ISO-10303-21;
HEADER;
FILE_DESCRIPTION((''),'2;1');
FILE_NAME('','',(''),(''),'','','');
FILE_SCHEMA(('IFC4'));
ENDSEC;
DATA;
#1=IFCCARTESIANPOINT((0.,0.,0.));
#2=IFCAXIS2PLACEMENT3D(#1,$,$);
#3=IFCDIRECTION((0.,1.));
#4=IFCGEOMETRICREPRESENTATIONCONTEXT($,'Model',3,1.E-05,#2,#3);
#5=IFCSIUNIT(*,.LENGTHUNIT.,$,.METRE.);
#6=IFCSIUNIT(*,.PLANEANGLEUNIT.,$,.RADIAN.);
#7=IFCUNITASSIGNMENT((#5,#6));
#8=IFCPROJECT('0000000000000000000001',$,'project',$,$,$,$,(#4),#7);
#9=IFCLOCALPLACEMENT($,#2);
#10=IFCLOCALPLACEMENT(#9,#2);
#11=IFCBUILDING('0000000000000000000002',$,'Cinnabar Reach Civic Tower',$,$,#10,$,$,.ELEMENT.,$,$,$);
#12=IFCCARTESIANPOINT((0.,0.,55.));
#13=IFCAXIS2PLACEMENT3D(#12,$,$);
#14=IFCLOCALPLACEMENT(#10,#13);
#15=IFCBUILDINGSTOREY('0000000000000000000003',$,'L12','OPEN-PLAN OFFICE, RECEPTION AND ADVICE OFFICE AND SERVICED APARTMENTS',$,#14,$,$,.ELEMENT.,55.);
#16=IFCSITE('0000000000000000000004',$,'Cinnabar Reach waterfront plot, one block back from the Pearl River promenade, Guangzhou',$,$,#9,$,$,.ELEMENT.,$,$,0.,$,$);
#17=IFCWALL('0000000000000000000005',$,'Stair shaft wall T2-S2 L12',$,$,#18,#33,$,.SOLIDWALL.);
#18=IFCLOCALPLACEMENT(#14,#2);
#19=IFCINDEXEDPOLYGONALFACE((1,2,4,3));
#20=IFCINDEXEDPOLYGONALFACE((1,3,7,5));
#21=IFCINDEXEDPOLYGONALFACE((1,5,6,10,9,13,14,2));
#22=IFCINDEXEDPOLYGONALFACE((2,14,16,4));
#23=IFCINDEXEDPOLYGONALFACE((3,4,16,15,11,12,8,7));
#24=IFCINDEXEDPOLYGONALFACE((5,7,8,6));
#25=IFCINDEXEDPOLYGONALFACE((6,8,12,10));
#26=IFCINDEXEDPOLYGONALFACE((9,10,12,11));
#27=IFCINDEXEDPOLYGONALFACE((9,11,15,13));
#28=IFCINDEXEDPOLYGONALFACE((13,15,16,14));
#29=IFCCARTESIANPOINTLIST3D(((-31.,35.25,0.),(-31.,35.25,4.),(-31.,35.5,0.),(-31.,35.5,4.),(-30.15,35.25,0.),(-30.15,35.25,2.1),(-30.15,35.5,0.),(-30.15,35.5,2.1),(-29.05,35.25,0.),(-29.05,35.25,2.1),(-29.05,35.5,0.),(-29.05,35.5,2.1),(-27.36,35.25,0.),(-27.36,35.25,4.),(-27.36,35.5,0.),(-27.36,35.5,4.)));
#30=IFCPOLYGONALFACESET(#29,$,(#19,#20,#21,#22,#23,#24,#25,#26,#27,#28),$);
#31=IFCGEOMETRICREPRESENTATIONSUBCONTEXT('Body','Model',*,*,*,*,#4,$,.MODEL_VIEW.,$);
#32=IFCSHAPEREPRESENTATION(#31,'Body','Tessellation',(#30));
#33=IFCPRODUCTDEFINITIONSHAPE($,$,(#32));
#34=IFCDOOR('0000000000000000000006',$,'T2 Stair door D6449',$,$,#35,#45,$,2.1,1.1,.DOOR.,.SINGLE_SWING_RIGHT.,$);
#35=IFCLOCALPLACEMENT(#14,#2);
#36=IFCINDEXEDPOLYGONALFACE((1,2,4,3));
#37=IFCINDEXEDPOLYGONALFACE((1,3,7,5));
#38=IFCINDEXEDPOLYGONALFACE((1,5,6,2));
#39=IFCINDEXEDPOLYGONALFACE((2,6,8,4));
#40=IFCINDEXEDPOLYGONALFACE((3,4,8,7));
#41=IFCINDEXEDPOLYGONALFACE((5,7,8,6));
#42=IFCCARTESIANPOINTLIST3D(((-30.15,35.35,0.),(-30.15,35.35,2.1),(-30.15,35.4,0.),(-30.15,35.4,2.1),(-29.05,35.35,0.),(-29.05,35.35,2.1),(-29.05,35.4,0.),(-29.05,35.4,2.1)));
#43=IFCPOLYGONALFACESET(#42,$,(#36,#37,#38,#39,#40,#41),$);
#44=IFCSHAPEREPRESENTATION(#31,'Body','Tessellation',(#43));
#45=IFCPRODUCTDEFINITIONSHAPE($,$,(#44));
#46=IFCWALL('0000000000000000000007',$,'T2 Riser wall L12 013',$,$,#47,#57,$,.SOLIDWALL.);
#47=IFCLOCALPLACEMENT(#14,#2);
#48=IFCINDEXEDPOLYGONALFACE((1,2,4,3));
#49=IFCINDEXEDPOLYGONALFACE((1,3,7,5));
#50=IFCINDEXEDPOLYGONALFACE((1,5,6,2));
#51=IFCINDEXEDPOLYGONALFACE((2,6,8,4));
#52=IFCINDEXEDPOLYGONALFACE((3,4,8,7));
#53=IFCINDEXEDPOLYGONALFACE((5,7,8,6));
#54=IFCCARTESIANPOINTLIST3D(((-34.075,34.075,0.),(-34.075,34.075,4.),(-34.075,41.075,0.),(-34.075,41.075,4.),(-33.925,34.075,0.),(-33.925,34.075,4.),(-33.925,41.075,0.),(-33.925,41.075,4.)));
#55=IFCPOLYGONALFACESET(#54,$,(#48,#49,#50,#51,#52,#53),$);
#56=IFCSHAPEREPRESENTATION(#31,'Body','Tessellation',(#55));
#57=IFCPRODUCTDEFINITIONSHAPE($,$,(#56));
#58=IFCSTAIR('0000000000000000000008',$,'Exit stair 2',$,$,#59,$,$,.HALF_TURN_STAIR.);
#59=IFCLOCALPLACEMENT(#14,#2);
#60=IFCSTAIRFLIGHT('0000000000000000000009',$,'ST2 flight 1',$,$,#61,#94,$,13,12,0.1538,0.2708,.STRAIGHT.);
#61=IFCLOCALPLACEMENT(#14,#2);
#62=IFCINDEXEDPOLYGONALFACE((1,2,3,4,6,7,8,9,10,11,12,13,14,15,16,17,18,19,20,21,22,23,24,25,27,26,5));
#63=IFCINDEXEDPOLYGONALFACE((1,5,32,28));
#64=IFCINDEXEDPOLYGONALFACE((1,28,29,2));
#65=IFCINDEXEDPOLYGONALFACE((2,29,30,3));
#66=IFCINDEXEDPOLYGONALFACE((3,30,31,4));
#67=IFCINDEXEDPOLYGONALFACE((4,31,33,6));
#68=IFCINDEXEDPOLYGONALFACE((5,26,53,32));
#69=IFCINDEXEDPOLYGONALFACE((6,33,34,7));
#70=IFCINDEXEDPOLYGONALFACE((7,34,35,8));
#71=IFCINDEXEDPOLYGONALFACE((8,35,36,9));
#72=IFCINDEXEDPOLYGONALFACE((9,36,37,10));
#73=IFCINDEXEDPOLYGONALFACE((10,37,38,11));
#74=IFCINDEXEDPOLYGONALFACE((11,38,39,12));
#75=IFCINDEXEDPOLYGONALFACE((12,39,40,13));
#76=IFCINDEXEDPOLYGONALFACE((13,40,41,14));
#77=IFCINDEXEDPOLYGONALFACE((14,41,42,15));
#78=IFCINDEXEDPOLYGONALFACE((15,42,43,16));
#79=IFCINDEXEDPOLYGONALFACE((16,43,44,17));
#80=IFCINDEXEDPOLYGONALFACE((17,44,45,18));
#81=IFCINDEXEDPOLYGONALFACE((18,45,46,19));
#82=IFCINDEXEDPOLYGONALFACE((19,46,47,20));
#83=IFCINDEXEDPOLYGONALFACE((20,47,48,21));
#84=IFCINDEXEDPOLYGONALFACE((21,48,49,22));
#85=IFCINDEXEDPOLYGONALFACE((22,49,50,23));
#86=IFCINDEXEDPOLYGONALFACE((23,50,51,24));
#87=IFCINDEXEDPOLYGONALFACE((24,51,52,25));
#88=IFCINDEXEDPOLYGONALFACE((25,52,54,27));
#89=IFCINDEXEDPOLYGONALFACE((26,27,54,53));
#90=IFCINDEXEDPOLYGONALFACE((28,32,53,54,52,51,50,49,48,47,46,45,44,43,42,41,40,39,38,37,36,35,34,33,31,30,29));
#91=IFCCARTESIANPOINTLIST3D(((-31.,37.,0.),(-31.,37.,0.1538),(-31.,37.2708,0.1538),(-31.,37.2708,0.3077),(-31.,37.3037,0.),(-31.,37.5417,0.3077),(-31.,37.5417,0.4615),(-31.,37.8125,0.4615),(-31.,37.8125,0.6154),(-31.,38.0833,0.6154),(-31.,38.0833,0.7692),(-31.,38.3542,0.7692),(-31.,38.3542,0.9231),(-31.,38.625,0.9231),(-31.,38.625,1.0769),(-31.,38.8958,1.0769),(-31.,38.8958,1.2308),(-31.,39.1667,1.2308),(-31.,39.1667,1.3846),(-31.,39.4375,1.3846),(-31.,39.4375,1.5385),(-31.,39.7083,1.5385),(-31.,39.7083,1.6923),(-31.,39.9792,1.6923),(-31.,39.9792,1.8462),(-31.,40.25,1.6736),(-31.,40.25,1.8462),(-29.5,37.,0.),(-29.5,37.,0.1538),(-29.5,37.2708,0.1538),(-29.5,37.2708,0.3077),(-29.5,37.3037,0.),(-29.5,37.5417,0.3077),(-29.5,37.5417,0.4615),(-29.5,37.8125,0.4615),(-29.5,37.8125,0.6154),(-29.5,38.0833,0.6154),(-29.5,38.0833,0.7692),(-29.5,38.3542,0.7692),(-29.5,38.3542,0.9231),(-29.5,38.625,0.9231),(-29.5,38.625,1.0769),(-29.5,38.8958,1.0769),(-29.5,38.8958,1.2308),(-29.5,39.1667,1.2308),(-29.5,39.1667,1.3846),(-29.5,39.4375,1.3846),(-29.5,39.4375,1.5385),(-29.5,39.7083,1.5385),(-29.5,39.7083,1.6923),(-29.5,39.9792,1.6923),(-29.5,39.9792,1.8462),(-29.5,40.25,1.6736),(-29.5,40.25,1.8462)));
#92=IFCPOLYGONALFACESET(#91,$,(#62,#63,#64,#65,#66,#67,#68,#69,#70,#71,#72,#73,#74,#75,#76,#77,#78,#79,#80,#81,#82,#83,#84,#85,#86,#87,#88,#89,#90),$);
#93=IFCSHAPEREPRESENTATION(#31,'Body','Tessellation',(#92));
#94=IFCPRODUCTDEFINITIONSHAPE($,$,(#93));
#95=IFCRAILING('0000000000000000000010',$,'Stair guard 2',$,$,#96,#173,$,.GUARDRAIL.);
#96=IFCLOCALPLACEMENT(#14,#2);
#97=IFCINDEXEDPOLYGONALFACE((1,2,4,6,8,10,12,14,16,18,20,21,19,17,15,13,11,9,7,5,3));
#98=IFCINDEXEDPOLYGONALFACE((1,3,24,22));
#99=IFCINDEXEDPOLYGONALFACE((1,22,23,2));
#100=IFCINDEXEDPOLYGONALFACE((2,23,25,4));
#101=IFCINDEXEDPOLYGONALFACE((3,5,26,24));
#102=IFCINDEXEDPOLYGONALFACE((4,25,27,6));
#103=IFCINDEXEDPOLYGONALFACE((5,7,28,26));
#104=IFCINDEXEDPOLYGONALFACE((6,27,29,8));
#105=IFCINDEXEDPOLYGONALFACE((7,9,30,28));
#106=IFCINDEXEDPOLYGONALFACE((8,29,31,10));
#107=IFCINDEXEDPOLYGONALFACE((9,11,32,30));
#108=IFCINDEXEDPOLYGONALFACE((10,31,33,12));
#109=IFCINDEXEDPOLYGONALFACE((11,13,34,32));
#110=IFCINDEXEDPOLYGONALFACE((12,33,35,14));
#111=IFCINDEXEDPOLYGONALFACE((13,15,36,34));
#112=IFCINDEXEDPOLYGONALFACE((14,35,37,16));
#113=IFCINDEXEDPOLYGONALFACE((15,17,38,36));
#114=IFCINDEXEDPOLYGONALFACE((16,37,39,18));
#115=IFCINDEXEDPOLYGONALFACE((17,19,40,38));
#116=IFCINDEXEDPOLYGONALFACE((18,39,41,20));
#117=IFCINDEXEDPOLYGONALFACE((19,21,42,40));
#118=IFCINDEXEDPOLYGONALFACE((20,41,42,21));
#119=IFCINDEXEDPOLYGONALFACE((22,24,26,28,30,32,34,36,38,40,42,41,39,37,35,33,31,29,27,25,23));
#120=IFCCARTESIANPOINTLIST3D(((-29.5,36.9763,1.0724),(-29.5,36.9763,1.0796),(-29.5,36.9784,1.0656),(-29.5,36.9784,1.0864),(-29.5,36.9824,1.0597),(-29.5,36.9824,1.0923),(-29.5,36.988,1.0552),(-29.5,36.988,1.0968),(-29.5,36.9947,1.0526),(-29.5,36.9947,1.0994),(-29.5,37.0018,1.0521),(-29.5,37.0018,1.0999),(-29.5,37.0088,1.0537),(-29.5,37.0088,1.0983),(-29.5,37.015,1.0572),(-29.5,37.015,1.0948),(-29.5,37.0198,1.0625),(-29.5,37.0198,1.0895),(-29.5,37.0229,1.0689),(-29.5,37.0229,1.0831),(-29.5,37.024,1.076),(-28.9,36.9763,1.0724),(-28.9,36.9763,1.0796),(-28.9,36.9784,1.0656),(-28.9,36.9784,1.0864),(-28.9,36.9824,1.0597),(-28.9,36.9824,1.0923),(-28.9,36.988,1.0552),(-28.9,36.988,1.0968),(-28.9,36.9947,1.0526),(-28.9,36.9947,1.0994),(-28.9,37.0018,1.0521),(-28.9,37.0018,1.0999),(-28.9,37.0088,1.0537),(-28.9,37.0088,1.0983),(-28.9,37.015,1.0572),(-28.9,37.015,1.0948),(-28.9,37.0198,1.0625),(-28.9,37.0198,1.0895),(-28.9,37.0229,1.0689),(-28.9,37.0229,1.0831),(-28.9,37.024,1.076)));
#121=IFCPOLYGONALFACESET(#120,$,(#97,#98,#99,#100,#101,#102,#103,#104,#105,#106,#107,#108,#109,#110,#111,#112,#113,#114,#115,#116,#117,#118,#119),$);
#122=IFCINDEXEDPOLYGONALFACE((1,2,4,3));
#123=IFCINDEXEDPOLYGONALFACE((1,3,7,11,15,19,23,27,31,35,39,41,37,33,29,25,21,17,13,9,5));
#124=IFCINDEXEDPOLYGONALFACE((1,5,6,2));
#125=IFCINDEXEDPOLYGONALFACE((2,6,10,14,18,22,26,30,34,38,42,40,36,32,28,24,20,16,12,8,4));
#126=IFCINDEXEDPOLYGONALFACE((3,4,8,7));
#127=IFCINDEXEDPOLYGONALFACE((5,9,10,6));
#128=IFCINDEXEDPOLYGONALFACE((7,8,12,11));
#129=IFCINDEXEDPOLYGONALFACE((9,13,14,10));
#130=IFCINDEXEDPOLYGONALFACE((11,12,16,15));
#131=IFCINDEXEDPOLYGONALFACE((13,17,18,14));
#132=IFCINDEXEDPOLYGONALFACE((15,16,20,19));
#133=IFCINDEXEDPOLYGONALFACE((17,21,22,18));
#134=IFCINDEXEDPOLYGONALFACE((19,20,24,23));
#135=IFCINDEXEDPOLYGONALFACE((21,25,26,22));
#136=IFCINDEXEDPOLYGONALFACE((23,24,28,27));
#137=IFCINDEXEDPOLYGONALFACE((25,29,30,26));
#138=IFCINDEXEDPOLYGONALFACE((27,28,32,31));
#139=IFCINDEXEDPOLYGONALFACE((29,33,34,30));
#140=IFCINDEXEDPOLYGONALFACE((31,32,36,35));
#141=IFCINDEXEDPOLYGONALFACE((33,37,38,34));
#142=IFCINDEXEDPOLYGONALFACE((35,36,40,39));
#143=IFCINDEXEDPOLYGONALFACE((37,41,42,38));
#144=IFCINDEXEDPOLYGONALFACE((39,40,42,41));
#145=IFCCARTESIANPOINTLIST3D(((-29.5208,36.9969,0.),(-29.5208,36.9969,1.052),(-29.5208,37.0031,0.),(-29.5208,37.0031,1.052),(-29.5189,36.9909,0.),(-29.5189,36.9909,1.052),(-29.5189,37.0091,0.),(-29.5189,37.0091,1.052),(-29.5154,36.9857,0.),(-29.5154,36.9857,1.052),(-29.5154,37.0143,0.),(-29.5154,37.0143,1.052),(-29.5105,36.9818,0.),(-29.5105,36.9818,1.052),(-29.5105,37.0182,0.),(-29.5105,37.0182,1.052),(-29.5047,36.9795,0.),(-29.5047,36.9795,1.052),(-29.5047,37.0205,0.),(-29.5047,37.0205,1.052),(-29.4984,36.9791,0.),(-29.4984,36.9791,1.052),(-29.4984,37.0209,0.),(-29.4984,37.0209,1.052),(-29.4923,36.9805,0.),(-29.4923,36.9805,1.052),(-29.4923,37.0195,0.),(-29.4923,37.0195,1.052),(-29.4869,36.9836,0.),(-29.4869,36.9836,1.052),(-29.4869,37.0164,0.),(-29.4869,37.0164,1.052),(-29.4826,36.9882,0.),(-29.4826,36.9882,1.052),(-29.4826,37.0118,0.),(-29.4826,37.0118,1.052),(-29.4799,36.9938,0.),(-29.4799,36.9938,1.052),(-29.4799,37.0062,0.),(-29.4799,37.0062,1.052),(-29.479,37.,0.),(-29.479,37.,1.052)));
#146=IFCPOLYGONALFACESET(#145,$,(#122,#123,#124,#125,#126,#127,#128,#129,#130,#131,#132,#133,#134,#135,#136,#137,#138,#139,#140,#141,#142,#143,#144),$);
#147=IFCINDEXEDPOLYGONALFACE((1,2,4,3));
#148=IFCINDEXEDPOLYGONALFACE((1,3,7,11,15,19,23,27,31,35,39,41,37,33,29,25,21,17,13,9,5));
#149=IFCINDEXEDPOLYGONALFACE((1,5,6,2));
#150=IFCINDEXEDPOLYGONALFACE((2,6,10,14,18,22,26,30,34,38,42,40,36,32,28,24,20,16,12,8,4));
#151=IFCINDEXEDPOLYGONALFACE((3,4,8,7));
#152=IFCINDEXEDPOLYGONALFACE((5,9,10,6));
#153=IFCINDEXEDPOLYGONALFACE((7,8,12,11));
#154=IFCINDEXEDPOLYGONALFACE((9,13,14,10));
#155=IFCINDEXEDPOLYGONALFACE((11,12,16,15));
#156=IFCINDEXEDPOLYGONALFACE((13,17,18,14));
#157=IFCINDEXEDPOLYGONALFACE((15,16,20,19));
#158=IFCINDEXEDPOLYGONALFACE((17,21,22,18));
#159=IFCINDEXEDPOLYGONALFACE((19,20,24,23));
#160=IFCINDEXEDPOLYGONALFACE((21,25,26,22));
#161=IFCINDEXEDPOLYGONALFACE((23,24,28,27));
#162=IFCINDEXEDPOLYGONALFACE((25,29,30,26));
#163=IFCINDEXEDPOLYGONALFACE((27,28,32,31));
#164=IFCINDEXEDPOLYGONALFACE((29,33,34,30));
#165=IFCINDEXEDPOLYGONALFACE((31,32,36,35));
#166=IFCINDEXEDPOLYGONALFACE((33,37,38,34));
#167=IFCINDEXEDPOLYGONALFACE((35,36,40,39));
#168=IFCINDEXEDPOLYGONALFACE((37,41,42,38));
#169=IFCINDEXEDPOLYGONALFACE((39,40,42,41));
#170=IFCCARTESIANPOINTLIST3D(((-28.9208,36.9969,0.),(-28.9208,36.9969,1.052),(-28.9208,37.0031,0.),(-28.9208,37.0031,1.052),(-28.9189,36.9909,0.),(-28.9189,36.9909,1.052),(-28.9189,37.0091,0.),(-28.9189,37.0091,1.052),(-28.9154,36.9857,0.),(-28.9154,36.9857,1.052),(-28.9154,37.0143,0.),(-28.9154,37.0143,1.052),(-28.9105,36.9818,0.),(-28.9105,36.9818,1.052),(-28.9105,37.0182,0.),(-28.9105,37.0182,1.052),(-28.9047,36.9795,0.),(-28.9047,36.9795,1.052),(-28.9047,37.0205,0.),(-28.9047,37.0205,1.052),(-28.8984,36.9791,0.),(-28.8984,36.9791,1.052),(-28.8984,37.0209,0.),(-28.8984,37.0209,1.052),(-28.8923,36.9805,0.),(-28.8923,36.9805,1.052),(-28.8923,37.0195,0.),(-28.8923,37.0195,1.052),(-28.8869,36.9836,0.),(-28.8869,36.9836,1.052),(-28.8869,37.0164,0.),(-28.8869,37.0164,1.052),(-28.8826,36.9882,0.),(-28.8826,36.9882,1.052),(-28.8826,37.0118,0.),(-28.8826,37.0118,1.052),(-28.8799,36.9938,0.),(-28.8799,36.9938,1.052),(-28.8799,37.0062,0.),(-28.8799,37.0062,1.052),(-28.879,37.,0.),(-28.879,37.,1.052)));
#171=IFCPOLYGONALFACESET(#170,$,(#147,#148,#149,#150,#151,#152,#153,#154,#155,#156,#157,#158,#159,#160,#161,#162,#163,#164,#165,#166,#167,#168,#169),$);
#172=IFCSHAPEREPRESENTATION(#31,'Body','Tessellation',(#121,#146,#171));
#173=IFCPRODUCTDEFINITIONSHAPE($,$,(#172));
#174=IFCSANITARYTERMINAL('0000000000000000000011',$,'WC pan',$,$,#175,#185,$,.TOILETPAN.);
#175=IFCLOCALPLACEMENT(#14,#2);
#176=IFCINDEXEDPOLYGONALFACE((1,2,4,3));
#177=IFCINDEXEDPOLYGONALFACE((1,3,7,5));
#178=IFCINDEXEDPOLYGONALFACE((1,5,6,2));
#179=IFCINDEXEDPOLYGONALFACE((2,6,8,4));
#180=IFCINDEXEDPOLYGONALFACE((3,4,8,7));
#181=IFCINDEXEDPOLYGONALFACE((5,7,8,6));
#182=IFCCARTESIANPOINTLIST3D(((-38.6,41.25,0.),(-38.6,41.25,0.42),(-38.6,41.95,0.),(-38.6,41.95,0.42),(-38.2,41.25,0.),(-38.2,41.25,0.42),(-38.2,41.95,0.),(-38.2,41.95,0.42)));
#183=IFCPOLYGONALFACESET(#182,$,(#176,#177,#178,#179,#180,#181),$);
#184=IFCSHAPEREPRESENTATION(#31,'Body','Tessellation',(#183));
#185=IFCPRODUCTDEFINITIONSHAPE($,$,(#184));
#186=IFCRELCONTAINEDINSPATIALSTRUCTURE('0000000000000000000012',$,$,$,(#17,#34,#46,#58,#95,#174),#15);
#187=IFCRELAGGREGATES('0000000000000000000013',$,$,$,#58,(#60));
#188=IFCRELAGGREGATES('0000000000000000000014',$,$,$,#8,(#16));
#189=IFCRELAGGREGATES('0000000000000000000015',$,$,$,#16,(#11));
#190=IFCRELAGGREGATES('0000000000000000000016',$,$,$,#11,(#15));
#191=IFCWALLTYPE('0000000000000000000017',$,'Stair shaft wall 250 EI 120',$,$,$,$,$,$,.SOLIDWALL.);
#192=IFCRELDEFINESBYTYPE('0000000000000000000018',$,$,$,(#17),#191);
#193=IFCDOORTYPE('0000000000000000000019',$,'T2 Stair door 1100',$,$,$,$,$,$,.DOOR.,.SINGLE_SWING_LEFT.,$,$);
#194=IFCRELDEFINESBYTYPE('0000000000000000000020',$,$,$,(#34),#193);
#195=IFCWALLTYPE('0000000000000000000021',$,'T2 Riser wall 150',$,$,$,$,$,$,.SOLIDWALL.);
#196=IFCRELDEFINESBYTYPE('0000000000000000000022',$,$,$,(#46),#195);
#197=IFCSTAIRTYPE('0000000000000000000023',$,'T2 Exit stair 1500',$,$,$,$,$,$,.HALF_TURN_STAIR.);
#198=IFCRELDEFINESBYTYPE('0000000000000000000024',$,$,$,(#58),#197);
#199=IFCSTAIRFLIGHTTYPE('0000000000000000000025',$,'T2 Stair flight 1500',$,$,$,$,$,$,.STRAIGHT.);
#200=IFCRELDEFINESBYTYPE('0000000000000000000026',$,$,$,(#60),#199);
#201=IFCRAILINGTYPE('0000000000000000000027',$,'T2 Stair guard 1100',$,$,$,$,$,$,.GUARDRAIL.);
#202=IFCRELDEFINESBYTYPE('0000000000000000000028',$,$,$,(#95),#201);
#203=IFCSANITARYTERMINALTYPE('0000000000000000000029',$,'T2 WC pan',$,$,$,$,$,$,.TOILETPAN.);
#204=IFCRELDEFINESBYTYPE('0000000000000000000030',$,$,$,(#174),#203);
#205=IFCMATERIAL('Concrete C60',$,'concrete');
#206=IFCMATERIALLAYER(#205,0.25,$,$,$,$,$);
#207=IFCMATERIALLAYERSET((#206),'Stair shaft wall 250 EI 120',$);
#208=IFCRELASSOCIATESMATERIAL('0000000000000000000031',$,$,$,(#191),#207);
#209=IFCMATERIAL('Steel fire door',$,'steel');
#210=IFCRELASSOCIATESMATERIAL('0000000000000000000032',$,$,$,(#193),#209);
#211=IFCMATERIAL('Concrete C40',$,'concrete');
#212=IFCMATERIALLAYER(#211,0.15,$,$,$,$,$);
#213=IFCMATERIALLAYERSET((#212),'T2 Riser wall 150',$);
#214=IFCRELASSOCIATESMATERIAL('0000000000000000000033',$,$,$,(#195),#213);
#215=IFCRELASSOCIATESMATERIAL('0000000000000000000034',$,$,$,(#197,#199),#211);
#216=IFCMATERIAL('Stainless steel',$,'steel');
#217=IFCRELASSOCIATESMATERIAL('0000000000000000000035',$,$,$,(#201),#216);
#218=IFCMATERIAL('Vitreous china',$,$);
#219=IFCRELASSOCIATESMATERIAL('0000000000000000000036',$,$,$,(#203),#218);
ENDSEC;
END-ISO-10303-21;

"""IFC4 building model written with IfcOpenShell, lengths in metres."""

from ifc_helpers import new_model, si_unit, direction, frame, frame_2d, origin, origin_2d, place, context, subcontext, project, spatial, polyline, rectangle, circle, outline, extrude, material, layer, layer_set, type_object, element, fill, aggregate, save


model = new_model("IFC4")

# Units and contexts
model_context = context("Model", 3, precision=1e-05, world=origin(), true_north=direction((0.0, 1.0)))
body_context = subcontext(model_context, "Body", "Model", "MODEL_VIEW")
ifc_project = project(units=[si_unit("LENGTHUNIT", "METRE"), si_unit("PLANEANGLEUNIT", "RADIAN")], contexts=[model_context])

# Site, building, storey
site_placement = place(None, origin())
site = spatial("IfcSite", under=ifc_project, at=site_placement, Name="Cinnabar Reach waterfront plot, one block back from the Pearl River promenade, Guangzhou", CompositionType="ELEMENT", RefElevation=0.0)
building_placement = place(site_placement, origin())
building = spatial("IfcBuilding", under=site, at=building_placement, Name="Cinnabar Reach Civic Tower", CompositionType="ELEMENT")
storey_placement = place(building_placement, frame((0.0, 0.0, 55.0)))
storey = spatial("IfcBuildingStorey", under=building, at=storey_placement, Name="L12", Description="OPEN-PLAN OFFICE, RECEPTION AND ADVICE OFFICE AND SERVICED APARTMENTS", CompositionType="ELEMENT", Elevation=55.0)

# Shared definitions
ifc_material_1 = material(Name="Concrete C60", Category="concrete")

# Wall, opening, door
ifc_layer_1 = layer(ifc_material_1, 0.25)
ifc_layer_set_1 = layer_set([ifc_layer_1], Name="Stair shaft wall 250 EI 120")
wall_type_1 = type_object("IfcWallType", Name="Stair shaft wall 250 EI 120", PredefinedType="SOLIDWALL", material=ifc_layer_set_1)
wall_1_placement = place(storey_placement, frame((-31.0, 35.375, 0.0), z_axis=(0.0, 0.0, 1.0), x_axis=(1.0, 0.0, 0.0)))
wall_1 = element("IfcWall", 1, at=wall_1_placement, inside=storey, type_object=wall_type_1, Name="Stair shaft wall T2-S2 L12", PredefinedType="SOLIDWALL", context=body_context, shape_type="SweptSolid", body=[
    extrude(rectangle(XDim=3.64, YDim=0.25, at=frame_2d((1.82, 0.0))), origin(), (0.0, 0.0, 1.0), 4.0),
])
opening_1_placement = place(wall_1_placement, frame((0.85, 0.0, 0.0)))
opening_1 = element("IfcOpeningElement", 2, at=opening_1_placement, cuts=wall_1, PredefinedType="OPENING", context=body_context, shape_type="SweptSolid", body=[
    extrude(rectangle(XDim=1.1, YDim=2.1, at=frame_2d((0.55, 1.05))), frame((0.0, 0.135, 0.0), z_axis=(0.0, -1.0, 0.0), x_axis=(1.0, 0.0, 0.0)), (0.0, 0.0, 1.0), 0.27),
])
ifc_material_2 = material(Name="Steel fire door", Category="steel")
door_type = type_object("IfcDoorType", Name="T2 Stair door 1100", OperationType="SINGLE_SWING_LEFT", PredefinedType="DOOR", material=ifc_material_2)
door_placement = place(opening_1_placement, origin())
door = element("IfcDoor", 3, at=door_placement, inside=storey, type_object=door_type, Name="T2 Stair door D6449", OperationType="SINGLE_SWING_RIGHT", OverallHeight=2.1, OverallWidth=1.1, PredefinedType="DOOR", context=body_context, shape_type="SweptSolid", body=[
    extrude(rectangle(XDim=1.1, YDim=2.1, at=frame_2d((0.55, 1.05))), frame((0.0, 0.025, 0.0), z_axis=(0.0, -1.0, 0.0), x_axis=(1.0, 0.0, 0.0)), (0.0, 0.0, 1.0), 0.05),
])
fill(opening_1, door)

# Wall
ifc_material_3 = material(Name="Concrete C40", Category="concrete")
ifc_layer_2 = layer(ifc_material_3, 0.15)
ifc_layer_set_2 = layer_set([ifc_layer_2], Name="T2 Riser wall 150")
wall_type_2 = type_object("IfcWallType", Name="T2 Riser wall 150", PredefinedType="SOLIDWALL", material=ifc_layer_set_2)
wall_2_placement = place(storey_placement, frame((-34.0, 41.075, 0.0), z_axis=(0.0, 0.0, 1.0), x_axis=(0.0, -1.0, 0.0)))
element("IfcWall", 4, at=wall_2_placement, inside=storey, type_object=wall_type_2, Name="T2 Riser wall L12 013", PredefinedType="SOLIDWALL", context=body_context, shape_type="SweptSolid", body=[
    extrude(rectangle(XDim=7.0, YDim=0.15, at=frame_2d((3.5, 0.0))), origin(), (0.0, 0.0, 1.0), 4.0),
])

# Stair, stair flight
stair_type = type_object("IfcStairType", Name="T2 Exit stair 1500", PredefinedType="HALF_TURN_STAIR", material=ifc_material_3)
stair_placement = place(storey_placement, origin())
stair = element("IfcStair", 5, at=stair_placement, inside=storey, type_object=stair_type, Name="Exit stair 2", PredefinedType="HALF_TURN_STAIR")
stair_flight_type = type_object("IfcStairFlightType", Name="T2 Stair flight 1500", PredefinedType="STRAIGHT", material=ifc_material_3)
stair_flight_placement = place(storey_placement, frame((-30.25, 37.0, 0.0), z_axis=(0.0, 0.0, 1.0), x_axis=(0.0, 1.0, 0.0)))
stair_flight = element("IfcStairFlight", 6, at=stair_flight_placement, type_object=stair_flight_type, Name="ST2 flight 1", NumberOfRisers=13, NumberOfTreads=12, PredefinedType="STRAIGHT", RiserHeight=0.1538, TreadLength=0.2708, context=body_context, shape_type="SweptSolid", body=[
    extrude(outline(polyline([(0.0, 0.0), (0.0, 0.1538), (0.2708, 0.1538), (0.2708, 0.3077), (0.5417, 0.3077), (0.5417, 0.4615), (0.8125, 0.4615), (0.8125, 0.6154), (1.0833, 0.6154), (1.0833, 0.7692), (1.3542, 0.7692), (1.3542, 0.9231), (1.625, 0.9231), (1.625, 1.0769), (1.8958, 1.0769), (1.8958, 1.2308), (2.1667, 1.2308), (2.1667, 1.3846), (2.4375, 1.3846), (2.4375, 1.5385), (2.7083, 1.5385), (2.7083, 1.6923), (2.9792, 1.6923), (2.9792, 1.8462), (3.25, 1.8462), (3.25, 2.0), (3.25, 1.6736), (0.3037, 0.0), (0.0, 0.0)])), frame((0.0, 0.75, 0.0), z_axis=(0.0, -1.0, 0.0), x_axis=(1.0, 0.0, 0.0)), (0.0, 0.0, 1.0), 1.5),
])
aggregate(stair, [stair_flight])

# Railing
ifc_material_4 = material(Name="Stainless steel", Category="steel")
railing_type = type_object("IfcRailingType", Name="T2 Stair guard 1100", PredefinedType="GUARDRAIL", material=ifc_material_4)
railing_placement = place(storey_placement, frame((-29.5, 37.0, 0.0)))
element("IfcRailing", 7, at=railing_placement, inside=storey, type_object=railing_type, Name="Stair guard 2", PredefinedType="GUARDRAIL", context=body_context, shape_type="SweptSolid", body=[
    extrude(circle(Radius=0.024, at=origin_2d()), frame((0.0, 0.0, 1.076), z_axis=(1.0, 0.0, 0.0), x_axis=(0.0, 1.0, 0.0)), (0.0, 0.0, 1.0), 0.6),
    extrude(circle(Radius=0.021, at=origin_2d()), origin(), (0.0, 0.0, 1.0), 1.052),
    extrude(circle(Radius=0.021, at=origin_2d()), frame((0.6, 0.0, 0.0)), (0.0, 0.0, 1.0), 1.052),
])

# Sanitary terminal
ifc_material_5 = material(Name="Vitreous china")
sanitary_terminal_type_1 = type_object("IfcSanitaryTerminalType", Name="T2 WC pan", PredefinedType="TOILETPAN", material=ifc_material_5)
for number, where, z_axis, x_axis, name in (
    (8, (-38.4, 41.6, 0.0), (0.0, 0.0, 1.0), (1.0, 0.0, 0.0), "WC pan"),
):
    element("IfcSanitaryTerminal", number, at=place(storey_placement, frame(where, z_axis=z_axis, x_axis=x_axis)), inside=storey, type_object=sanitary_terminal_type_1, Name=name, PredefinedType="TOILETPAN", context=body_context, shape_type="SweptSolid", body=[
        extrude(rectangle(XDim=0.4, YDim=0.7, at=origin_2d()), origin(), (0.0, 0.0, 1.0), 0.42),
    ])

save(model, "model.ifc")
